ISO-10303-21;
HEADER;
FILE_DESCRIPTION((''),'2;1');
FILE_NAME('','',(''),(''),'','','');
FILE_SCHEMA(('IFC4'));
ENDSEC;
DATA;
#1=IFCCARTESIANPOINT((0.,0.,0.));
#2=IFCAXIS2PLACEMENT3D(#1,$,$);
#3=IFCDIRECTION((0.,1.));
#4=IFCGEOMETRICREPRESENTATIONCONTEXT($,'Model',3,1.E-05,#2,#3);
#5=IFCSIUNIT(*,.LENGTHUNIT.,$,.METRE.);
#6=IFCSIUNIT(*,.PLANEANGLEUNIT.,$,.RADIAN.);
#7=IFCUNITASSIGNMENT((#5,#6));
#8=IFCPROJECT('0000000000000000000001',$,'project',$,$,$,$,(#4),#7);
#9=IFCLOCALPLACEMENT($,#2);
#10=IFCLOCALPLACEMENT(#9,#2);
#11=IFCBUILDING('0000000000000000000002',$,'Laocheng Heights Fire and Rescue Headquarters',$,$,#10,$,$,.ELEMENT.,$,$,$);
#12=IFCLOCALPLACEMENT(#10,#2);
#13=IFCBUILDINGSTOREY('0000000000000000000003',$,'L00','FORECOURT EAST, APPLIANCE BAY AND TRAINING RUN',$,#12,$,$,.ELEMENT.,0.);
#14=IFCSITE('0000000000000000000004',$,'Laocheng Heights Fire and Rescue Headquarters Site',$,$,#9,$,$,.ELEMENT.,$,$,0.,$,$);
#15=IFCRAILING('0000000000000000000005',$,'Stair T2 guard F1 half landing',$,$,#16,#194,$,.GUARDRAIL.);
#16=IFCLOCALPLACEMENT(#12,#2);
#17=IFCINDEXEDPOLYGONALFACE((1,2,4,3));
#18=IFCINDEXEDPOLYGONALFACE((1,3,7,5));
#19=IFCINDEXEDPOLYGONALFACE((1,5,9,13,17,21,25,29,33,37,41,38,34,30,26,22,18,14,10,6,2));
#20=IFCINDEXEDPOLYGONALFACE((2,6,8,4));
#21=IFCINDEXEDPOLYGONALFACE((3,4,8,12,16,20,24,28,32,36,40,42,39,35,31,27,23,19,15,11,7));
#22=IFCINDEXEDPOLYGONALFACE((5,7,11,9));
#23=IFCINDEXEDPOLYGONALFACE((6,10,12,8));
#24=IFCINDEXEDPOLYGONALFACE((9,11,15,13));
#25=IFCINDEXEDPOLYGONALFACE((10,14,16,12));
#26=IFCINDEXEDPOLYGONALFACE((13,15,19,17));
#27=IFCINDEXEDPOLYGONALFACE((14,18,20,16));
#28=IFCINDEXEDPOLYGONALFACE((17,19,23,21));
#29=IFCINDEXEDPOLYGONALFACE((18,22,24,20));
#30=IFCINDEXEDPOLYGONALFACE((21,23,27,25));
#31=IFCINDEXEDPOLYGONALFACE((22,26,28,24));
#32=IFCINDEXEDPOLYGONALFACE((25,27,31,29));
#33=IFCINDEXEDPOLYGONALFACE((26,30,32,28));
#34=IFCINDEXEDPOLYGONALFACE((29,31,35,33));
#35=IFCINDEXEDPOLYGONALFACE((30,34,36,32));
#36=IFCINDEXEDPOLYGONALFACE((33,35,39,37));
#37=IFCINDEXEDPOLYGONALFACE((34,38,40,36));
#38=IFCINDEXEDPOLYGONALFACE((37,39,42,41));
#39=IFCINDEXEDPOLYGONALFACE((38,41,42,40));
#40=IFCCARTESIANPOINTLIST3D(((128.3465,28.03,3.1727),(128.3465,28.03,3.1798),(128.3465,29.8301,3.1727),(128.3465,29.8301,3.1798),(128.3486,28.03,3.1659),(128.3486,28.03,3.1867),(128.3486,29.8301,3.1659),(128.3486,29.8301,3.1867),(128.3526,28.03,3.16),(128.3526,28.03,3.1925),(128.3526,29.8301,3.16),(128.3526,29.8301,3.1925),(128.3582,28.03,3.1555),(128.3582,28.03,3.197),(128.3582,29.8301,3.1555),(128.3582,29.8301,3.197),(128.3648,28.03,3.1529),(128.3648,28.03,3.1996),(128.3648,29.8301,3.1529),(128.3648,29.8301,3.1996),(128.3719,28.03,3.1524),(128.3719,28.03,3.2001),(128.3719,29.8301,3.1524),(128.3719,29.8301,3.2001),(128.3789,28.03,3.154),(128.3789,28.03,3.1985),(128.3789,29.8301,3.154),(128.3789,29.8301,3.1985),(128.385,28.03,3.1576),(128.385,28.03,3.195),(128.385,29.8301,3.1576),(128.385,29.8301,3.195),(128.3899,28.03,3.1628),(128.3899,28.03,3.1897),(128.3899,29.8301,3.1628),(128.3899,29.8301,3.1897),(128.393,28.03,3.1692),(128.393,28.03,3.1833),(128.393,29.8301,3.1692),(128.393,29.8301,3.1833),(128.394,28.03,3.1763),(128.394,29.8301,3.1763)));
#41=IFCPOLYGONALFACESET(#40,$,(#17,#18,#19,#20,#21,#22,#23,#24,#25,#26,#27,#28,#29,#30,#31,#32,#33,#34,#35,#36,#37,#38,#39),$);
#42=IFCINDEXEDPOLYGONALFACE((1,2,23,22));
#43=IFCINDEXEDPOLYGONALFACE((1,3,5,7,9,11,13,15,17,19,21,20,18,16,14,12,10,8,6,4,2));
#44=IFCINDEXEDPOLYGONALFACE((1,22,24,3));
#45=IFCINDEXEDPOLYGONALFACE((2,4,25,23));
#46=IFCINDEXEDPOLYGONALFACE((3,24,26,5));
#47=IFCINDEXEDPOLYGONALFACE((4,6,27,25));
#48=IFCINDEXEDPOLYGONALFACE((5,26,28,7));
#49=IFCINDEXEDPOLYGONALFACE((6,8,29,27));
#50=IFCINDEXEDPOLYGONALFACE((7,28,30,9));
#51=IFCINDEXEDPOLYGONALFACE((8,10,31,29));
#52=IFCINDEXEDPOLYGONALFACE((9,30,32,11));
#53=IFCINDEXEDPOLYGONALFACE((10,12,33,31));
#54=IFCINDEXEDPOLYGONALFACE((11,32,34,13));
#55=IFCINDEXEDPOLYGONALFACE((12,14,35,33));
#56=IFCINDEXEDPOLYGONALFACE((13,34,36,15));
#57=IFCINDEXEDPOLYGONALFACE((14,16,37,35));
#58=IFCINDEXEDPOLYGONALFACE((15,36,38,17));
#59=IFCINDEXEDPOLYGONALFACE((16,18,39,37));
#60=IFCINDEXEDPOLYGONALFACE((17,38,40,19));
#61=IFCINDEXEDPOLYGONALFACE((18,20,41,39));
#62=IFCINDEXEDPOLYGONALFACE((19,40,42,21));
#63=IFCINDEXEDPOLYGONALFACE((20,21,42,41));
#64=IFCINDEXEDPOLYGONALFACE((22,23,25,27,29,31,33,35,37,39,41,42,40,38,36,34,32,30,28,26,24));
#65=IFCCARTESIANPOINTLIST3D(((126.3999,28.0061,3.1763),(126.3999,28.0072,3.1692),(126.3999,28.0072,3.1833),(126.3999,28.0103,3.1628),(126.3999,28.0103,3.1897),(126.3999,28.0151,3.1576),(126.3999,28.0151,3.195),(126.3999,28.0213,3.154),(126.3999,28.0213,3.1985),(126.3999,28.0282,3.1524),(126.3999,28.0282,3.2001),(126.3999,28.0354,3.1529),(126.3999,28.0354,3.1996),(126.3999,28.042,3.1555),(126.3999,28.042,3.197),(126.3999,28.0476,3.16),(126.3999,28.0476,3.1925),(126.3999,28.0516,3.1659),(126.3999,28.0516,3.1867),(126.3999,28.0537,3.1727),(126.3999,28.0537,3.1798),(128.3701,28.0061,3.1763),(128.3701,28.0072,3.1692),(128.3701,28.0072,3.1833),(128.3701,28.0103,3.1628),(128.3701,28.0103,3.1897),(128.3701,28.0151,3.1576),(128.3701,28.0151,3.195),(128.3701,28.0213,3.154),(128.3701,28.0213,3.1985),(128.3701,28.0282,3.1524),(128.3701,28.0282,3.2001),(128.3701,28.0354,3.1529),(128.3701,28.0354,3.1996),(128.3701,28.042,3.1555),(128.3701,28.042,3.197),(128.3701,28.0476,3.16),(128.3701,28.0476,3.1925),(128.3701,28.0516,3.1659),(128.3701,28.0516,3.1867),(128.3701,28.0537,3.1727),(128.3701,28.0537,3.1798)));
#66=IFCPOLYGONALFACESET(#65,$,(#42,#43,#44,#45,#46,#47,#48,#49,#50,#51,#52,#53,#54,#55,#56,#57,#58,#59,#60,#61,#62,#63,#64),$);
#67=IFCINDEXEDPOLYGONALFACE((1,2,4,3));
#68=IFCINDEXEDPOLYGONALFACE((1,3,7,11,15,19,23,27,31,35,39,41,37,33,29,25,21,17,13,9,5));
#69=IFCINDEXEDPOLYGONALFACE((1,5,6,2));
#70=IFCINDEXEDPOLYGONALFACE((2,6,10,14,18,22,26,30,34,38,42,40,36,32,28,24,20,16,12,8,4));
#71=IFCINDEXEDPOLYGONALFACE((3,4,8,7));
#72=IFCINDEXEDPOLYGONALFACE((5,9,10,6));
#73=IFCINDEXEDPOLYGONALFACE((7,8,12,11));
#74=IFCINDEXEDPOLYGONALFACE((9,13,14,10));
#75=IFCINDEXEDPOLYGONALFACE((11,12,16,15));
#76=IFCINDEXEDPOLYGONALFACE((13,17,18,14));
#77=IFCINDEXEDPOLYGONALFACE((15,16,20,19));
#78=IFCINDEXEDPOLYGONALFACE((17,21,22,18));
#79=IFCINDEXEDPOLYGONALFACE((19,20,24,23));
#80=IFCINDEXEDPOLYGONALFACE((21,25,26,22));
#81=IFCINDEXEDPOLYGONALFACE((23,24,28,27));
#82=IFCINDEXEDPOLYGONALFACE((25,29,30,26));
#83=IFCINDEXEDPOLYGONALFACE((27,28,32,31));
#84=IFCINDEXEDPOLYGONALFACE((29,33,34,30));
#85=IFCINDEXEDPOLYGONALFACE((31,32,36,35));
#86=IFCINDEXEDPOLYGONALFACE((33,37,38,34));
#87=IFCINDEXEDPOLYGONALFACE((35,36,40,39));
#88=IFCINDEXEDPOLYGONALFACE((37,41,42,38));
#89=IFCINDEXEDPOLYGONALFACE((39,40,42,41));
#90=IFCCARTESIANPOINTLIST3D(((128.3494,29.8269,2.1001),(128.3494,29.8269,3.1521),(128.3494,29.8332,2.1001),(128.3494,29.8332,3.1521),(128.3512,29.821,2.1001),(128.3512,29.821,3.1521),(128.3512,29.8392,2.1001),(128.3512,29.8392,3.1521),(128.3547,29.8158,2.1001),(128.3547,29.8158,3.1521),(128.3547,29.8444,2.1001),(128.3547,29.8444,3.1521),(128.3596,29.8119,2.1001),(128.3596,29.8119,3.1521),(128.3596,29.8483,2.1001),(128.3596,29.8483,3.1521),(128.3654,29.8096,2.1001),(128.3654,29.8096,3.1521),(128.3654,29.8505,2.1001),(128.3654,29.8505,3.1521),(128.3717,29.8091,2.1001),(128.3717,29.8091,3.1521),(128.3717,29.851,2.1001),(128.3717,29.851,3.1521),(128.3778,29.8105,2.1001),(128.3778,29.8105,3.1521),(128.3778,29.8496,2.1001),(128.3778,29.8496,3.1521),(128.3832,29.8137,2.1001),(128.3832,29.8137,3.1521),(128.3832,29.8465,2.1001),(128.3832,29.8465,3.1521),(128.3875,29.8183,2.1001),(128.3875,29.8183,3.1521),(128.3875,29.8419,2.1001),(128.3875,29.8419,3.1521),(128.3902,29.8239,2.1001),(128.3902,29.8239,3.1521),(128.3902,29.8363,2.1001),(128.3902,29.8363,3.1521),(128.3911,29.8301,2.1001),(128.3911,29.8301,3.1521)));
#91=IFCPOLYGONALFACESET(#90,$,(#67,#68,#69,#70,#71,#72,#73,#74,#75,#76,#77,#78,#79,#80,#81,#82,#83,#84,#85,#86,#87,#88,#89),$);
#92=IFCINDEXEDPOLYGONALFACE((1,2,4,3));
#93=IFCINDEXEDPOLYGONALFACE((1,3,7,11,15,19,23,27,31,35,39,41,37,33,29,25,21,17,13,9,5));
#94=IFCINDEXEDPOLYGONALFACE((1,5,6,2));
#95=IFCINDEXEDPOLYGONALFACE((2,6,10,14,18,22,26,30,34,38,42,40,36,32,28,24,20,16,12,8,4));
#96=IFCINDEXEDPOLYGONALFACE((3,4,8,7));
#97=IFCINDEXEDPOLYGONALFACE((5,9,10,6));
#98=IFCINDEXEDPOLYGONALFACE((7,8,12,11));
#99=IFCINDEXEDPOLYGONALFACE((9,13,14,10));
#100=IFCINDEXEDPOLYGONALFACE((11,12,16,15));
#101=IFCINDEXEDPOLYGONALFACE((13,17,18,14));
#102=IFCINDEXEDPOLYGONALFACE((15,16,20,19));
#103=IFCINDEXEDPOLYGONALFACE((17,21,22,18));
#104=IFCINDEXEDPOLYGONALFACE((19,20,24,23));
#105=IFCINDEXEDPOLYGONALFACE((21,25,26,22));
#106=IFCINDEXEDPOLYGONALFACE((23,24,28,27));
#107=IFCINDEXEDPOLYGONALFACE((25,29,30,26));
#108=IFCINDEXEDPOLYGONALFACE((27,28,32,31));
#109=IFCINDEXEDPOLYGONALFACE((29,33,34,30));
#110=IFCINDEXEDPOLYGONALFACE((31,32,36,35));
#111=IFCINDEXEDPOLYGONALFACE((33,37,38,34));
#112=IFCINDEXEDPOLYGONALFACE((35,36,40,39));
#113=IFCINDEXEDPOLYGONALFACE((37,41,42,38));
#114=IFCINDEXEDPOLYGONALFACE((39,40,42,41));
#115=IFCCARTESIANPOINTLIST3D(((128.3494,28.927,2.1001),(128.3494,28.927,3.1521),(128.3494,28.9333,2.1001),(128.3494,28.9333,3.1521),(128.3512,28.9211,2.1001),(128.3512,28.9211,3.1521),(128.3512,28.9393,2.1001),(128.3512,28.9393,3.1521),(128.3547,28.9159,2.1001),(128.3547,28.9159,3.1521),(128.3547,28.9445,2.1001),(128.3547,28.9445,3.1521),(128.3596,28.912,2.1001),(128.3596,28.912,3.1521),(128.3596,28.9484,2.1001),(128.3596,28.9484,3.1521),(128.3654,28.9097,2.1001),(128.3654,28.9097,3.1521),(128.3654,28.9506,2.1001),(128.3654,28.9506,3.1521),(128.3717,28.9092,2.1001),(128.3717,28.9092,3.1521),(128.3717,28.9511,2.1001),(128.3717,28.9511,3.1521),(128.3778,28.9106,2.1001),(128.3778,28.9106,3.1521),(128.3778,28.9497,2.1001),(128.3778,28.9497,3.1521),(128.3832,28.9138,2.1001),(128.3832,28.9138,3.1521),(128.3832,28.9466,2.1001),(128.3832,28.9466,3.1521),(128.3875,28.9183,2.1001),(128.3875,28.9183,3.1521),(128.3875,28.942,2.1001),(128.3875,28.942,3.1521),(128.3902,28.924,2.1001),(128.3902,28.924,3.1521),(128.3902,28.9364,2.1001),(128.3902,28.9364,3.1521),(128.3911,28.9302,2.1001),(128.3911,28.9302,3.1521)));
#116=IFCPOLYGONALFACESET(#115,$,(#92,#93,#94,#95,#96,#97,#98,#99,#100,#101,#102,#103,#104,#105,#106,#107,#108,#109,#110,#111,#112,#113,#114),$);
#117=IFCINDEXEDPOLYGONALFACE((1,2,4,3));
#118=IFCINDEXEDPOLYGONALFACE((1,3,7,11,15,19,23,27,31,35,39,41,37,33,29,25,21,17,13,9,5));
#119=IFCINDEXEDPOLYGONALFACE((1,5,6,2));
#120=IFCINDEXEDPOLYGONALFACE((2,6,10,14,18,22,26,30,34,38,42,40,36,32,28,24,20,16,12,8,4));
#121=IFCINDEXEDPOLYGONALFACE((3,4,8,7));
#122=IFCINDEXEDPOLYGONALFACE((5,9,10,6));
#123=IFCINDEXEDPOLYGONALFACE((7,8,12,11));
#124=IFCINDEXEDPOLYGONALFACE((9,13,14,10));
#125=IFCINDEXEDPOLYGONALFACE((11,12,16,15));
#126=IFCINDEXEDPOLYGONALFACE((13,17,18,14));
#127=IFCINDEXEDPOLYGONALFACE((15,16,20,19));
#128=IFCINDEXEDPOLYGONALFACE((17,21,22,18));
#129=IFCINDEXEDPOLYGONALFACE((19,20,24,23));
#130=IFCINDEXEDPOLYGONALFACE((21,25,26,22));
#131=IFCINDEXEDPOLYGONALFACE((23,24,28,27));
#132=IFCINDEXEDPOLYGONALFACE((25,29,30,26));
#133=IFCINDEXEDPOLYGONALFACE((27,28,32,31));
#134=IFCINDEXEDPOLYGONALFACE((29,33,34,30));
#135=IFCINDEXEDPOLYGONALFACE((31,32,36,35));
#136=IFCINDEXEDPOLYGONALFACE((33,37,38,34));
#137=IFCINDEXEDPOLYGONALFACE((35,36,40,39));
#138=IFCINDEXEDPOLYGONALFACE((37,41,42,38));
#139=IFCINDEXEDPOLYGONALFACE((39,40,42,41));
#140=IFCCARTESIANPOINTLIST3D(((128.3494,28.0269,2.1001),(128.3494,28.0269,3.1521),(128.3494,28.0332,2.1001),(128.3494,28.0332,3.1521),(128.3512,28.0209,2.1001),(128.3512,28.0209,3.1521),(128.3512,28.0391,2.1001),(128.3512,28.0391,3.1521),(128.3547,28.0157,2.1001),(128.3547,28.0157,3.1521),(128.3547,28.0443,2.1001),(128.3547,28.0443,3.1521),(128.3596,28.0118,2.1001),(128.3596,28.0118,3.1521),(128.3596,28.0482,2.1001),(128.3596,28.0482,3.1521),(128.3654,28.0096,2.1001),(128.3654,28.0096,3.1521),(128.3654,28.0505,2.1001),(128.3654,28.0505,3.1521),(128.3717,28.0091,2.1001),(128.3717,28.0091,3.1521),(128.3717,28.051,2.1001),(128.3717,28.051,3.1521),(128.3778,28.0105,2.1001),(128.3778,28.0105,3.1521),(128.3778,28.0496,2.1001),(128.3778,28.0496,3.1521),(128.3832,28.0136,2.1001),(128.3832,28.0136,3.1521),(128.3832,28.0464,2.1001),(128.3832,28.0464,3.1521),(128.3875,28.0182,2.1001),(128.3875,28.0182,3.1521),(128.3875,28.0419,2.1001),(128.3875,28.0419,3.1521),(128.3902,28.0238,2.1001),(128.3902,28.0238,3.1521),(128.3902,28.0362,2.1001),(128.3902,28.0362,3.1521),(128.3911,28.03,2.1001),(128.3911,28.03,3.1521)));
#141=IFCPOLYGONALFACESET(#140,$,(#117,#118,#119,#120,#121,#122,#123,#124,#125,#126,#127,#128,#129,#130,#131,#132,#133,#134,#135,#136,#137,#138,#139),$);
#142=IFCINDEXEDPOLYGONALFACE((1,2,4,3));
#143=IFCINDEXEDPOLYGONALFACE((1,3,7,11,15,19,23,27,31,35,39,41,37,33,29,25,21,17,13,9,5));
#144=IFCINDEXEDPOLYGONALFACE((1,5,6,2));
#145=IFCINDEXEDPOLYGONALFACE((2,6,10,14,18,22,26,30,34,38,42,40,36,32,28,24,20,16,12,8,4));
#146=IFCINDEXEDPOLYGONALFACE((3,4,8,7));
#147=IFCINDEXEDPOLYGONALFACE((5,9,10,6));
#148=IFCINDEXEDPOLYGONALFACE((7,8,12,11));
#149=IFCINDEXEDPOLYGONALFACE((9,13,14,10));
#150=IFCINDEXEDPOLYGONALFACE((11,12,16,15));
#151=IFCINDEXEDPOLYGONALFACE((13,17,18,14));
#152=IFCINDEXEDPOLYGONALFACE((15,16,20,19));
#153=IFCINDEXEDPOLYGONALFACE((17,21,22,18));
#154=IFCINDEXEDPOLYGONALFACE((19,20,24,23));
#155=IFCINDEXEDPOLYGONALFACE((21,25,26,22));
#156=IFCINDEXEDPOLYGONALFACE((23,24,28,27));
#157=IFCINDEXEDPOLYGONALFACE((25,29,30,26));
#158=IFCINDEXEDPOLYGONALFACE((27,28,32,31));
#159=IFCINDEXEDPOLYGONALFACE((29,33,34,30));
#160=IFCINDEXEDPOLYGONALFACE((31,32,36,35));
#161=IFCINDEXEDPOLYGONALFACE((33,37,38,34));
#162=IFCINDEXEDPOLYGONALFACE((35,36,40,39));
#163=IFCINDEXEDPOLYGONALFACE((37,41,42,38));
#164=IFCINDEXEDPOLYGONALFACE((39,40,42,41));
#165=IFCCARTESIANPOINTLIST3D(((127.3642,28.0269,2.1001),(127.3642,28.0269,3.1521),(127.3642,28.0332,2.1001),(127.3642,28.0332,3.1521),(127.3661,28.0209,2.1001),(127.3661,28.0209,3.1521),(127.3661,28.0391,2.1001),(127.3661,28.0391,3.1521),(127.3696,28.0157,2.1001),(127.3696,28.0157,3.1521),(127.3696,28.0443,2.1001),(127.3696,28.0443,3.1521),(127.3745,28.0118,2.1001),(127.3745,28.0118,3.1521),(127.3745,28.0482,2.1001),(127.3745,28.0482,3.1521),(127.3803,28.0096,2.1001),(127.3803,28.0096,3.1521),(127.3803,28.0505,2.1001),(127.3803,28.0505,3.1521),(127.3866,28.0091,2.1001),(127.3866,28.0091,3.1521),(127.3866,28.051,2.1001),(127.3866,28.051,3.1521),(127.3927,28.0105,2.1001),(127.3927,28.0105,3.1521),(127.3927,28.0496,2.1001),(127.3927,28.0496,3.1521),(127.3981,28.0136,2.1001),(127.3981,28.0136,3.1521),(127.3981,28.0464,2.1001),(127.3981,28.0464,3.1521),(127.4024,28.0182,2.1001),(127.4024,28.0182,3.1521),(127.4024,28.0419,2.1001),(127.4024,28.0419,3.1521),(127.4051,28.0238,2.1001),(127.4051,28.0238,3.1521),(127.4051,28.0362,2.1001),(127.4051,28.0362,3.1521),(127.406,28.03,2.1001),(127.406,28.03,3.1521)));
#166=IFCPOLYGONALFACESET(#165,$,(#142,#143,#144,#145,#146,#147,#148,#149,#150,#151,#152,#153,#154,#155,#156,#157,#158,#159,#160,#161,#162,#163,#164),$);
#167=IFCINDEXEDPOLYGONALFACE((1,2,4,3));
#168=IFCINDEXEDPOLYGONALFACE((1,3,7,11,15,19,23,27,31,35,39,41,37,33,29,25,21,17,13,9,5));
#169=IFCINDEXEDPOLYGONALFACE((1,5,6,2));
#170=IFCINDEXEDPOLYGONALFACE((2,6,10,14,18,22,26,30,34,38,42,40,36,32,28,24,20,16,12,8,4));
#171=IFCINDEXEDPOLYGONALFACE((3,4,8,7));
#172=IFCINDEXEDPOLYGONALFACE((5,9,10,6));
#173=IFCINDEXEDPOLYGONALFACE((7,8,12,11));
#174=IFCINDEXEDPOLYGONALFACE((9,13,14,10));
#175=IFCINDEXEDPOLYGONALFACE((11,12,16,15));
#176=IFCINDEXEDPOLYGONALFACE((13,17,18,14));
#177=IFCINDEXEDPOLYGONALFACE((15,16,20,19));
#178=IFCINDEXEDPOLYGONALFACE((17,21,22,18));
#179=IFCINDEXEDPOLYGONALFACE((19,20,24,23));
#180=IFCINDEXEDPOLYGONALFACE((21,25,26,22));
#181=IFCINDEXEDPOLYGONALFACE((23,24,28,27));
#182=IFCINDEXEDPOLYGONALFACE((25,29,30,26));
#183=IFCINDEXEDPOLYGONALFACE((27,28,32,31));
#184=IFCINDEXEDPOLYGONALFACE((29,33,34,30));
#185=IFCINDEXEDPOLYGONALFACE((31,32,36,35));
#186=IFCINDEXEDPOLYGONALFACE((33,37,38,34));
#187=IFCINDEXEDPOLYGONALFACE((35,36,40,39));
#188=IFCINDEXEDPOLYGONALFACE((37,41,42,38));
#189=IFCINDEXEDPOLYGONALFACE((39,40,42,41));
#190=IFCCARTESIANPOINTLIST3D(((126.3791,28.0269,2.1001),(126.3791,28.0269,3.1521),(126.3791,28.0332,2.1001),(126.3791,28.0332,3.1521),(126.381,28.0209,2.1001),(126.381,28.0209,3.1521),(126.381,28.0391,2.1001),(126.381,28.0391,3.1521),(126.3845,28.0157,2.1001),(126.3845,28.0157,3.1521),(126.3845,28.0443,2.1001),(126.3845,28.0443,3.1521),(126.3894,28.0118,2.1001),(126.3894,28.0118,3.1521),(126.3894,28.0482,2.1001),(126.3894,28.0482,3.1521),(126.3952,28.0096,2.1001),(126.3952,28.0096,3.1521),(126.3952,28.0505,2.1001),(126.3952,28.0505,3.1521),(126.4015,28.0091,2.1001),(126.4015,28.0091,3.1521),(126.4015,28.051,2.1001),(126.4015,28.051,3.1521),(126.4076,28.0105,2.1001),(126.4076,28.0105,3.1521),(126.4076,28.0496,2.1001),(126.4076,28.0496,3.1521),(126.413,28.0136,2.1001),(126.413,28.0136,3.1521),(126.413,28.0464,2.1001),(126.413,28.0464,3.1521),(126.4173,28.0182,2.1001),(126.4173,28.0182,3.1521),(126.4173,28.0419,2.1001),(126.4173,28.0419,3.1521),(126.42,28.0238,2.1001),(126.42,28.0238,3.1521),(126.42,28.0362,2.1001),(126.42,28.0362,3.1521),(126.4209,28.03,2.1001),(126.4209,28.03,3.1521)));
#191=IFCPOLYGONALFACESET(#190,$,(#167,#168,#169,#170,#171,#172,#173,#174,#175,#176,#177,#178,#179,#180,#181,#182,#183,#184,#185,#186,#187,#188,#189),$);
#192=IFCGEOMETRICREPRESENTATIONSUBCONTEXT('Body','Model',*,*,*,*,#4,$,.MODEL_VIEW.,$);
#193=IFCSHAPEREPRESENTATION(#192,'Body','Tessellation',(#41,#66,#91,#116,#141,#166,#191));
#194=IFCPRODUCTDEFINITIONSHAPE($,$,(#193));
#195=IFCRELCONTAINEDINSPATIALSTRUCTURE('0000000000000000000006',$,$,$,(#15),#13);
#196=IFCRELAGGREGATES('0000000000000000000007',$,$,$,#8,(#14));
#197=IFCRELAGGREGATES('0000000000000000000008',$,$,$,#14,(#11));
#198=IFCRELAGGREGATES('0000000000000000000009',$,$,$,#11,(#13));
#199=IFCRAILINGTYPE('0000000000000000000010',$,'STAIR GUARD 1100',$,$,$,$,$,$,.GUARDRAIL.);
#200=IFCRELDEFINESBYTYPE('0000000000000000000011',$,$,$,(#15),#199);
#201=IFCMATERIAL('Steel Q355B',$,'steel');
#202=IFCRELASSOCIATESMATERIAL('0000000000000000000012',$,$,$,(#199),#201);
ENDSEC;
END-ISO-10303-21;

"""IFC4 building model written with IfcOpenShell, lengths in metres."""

from ifc_helpers import new_model, si_unit, direction, frame, origin, origin_2d, place, context, subcontext, project, spatial, circle, extrude, material, type_object, element, save


model = new_model("IFC4")

# Units and contexts
model_context = context("Model", 3, precision=1e-05, world=origin(), true_north=direction((0.0, 1.0)))
body_context = subcontext(model_context, "Body", "Model", "MODEL_VIEW")
ifc_project = project(units=[si_unit("LENGTHUNIT", "METRE"), si_unit("PLANEANGLEUNIT", "RADIAN")], contexts=[model_context])

# Site, building, storey
site_placement = place(None, origin())
site = spatial("IfcSite", under=ifc_project, at=site_placement, Name="Laocheng Heights Fire and Rescue Headquarters Site", CompositionType="ELEMENT", RefElevation=0.0)
building_placement = place(site_placement, origin())
building = spatial("IfcBuilding", under=site, at=building_placement, Name="Laocheng Heights Fire and Rescue Headquarters", CompositionType="ELEMENT")
storey_placement = place(building_placement, origin())
storey = spatial("IfcBuildingStorey", under=building, at=storey_placement, Name="L00", Description="FORECOURT EAST, APPLIANCE BAY AND TRAINING RUN", CompositionType="ELEMENT", Elevation=0.0)

# Railing
ifc_material_1 = material(Name="Steel Q355B", Category="steel")
railing_type_1 = type_object("IfcRailingType", Name="STAIR GUARD 1100", PredefinedType="GUARDRAIL", material=ifc_material_1)
railing_1_placement = place(storey_placement, frame((128.3701, 29.8301, 2.1001)))
element("IfcRailing", 1, at=railing_1_placement, inside=storey, type_object=railing_type_1, Name="Stair T2 guard F1 half landing", PredefinedType="GUARDRAIL", context=body_context, shape_type="SweptSolid", body=[
    extrude(circle(Radius=0.0239, at=origin_2d()), frame((0.0, 0.0, 1.0762), z_axis=(0.0, -1.0, 0.0), x_axis=(1.0, 0.0, 0.0)), (0.0, 0.0, 1.0), 1.8),
    extrude(circle(Radius=0.0239, at=origin_2d()), frame((0.0, -1.8, 1.0762), z_axis=(-1.0, 0.0, 0.0), x_axis=(0.0, -1.0, 0.0)), (0.0, 0.0, 1.0), 1.9702),
    extrude(circle(Radius=0.021, at=origin_2d()), origin(), (0.0, 0.0, 1.0), 1.052),
    extrude(circle(Radius=0.021, at=origin_2d()), frame((0.0, -0.8999, 0.0)), (0.0, 0.0, 1.0), 1.052),
    extrude(circle(Radius=0.021, at=origin_2d()), frame((0.0, -1.8, 0.0)), (0.0, 0.0, 1.0), 1.052),
    extrude(circle(Radius=0.021, at=origin_2d()), frame((-0.9851, -1.8, 0.0)), (0.0, 0.0, 1.0), 1.052),
    extrude(circle(Radius=0.021, at=origin_2d()), frame((-1.9702, -1.8, 0.0)), (0.0, 0.0, 1.0), 1.052),
])

save(model, "model.ifc")
